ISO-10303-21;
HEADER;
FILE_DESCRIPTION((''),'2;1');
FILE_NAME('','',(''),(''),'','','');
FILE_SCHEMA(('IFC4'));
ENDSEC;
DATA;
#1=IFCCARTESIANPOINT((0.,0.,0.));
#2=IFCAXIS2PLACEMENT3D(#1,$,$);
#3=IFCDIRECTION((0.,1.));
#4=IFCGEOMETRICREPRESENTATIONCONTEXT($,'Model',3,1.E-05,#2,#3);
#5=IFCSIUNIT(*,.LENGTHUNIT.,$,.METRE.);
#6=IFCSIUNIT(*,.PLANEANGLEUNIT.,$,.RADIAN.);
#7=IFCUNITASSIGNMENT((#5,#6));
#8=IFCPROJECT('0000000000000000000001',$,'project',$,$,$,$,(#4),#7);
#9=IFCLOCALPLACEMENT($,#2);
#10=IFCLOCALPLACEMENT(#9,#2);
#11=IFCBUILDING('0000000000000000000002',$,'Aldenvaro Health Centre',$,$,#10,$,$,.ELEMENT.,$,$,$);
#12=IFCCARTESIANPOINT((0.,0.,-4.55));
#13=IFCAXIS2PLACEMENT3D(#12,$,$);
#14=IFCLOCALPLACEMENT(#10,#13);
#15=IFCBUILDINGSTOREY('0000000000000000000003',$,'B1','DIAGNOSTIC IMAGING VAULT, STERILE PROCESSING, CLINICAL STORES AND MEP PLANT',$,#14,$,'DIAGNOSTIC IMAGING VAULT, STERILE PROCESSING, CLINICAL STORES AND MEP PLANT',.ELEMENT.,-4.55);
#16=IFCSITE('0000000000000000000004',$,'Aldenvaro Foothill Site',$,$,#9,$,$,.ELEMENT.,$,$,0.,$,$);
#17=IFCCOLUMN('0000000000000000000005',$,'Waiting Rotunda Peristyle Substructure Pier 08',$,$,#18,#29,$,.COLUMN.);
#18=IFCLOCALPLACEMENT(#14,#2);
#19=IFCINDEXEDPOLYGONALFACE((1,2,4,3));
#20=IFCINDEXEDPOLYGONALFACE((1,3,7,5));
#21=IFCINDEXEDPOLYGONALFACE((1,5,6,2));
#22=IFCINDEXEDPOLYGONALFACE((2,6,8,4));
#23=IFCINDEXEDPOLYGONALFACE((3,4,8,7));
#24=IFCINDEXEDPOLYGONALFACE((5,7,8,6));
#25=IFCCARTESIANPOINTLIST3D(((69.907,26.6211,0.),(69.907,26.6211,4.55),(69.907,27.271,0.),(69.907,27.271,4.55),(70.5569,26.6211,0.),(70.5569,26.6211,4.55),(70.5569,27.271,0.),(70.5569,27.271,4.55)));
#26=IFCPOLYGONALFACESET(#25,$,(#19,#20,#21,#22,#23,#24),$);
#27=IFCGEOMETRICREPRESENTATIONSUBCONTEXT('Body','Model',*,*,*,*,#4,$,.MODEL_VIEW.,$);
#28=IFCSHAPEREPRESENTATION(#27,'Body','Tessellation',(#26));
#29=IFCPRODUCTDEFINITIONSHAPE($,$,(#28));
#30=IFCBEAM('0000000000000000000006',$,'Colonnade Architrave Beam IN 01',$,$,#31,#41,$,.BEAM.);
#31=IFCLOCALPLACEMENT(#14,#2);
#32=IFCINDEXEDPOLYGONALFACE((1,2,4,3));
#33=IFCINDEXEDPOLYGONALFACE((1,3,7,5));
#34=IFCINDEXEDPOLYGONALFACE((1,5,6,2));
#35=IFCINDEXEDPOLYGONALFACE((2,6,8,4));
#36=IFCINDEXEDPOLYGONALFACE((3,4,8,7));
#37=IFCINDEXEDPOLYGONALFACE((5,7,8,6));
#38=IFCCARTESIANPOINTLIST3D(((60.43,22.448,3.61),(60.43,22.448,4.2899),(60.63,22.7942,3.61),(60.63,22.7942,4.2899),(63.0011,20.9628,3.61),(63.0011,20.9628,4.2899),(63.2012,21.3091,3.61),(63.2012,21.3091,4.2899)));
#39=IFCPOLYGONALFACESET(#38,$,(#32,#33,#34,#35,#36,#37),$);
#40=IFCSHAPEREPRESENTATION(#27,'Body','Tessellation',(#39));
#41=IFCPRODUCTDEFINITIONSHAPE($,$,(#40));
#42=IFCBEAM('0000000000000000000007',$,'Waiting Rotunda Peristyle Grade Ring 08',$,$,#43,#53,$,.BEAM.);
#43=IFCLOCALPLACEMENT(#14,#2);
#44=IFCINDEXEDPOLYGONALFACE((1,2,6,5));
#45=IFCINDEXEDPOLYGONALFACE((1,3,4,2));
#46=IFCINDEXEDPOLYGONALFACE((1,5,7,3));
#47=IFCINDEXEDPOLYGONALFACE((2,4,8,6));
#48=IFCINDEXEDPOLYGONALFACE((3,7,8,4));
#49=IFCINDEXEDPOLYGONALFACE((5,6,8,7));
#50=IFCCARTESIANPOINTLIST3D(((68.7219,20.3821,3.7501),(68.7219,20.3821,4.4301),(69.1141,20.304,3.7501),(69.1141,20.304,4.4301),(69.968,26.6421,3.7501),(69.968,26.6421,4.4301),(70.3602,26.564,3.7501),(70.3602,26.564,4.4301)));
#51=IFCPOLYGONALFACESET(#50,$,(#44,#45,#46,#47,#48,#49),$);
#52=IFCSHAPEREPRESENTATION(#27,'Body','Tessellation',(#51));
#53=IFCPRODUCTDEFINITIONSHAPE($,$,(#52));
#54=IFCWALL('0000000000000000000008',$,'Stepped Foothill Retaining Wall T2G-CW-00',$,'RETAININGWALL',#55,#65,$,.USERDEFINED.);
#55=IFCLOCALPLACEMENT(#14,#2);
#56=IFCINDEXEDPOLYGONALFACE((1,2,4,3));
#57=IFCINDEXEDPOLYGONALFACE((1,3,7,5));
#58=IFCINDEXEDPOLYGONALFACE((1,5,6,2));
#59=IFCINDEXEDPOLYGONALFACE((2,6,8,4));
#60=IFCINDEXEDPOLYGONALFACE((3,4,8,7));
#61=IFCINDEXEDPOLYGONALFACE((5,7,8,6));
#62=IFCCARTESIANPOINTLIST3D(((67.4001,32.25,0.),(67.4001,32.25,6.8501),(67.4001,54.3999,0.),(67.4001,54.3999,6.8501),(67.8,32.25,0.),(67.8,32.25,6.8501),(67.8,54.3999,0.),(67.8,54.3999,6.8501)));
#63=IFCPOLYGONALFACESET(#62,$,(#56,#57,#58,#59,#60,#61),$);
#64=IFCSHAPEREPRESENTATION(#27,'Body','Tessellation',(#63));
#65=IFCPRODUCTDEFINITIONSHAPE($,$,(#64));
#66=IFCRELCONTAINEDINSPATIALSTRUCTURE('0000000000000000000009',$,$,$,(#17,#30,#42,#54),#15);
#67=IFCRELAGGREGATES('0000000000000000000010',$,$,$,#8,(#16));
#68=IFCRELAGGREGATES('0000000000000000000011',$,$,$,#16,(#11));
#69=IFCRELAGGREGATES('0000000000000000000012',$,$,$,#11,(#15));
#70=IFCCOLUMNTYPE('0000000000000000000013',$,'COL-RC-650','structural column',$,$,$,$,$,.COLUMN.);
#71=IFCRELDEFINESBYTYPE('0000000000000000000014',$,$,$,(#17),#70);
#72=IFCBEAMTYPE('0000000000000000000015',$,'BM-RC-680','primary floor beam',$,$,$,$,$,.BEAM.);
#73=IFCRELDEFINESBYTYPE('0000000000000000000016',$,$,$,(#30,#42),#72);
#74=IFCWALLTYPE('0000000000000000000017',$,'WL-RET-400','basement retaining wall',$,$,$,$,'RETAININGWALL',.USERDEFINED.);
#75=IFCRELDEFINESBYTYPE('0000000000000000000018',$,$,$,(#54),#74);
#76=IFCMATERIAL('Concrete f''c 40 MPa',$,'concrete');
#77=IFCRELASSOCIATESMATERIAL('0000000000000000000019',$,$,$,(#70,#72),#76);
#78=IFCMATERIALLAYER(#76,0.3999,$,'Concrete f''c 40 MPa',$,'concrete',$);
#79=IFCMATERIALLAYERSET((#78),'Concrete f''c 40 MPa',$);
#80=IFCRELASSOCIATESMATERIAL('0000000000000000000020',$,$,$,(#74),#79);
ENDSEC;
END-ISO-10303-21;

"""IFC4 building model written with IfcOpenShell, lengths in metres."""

from ifc_helpers import new_model, si_unit, direction, frame, frame_2d, origin, origin_2d, place, context, subcontext, project, spatial, rectangle, extrude, material, layer, layer_set, material_profile, profile_set, type_object, element, save


model = new_model("IFC4")

# Units and contexts
model_context = context("Model", 3, precision=1e-05, world=origin(), true_north=direction((0.0, 1.0)))
body_context = subcontext(model_context, "Body", "Model", "MODEL_VIEW")
ifc_project = project(units=[si_unit("LENGTHUNIT", "METRE"), si_unit("PLANEANGLEUNIT", "RADIAN")], contexts=[model_context])

# Site, building, storey
site_placement = place(None, origin())
site = spatial("IfcSite", under=ifc_project, at=site_placement, Name="Aldenvaro Foothill Site", CompositionType="ELEMENT", RefElevation=0.0)
building_placement = place(site_placement, origin())
building = spatial("IfcBuilding", under=site, at=building_placement, Name="Aldenvaro Health Centre", CompositionType="ELEMENT")
storey_placement = place(building_placement, frame((0.0, 0.0, -4.55)))
storey = spatial("IfcBuildingStorey", under=building, at=storey_placement, Name="B1", Description="DIAGNOSTIC IMAGING VAULT, STERILE PROCESSING, CLINICAL STORES AND MEP PLANT", LongName="DIAGNOSTIC IMAGING VAULT, STERILE PROCESSING, CLINICAL STORES AND MEP PLANT", CompositionType="ELEMENT", Elevation=-4.55)

# Shared definitions
ifc_material = material(Name="Concrete f'c 40 MPa", Category="concrete")

# Column
ifc_material_profile_1 = material_profile(ifc_material, rectangle(XDim=0.6499, YDim=0.6499, at=origin_2d()), Name="RC 650x650", Category="concrete")
ifc_profile_set_1 = profile_set([ifc_material_profile_1], Name="Concrete f'c 40 MPa")
column_type_1 = type_object("IfcColumnType", Name="COL-RC-650", Description="structural column", PredefinedType="COLUMN", material=ifc_profile_set_1)
column_1_placement = place(storey_placement, frame((70.2319, 26.946, 0.0), z_axis=(0.0, 0.0, 1.0), x_axis=(1.0, 0.0, 0.0)))
element("IfcColumn", 1, at=column_1_placement, inside=storey, type_object=column_type_1, Name="Waiting Rotunda Peristyle Substructure Pier 08", PredefinedType="COLUMN", context=body_context, shape_type="SweptSolid", body=[
    extrude(rectangle(XDim=0.6499, YDim=0.6499, at=origin_2d()), origin(), (0.0, 0.0, 1.0), 4.55),
])

# Beams
ifc_material_profile_2 = material_profile(ifc_material, rectangle(XDim=0.3999, YDim=0.6799, at=origin_2d()), Name="RC 400x680", Category="concrete")
ifc_profile_set_2 = profile_set([ifc_material_profile_2], Name="Concrete f'c 40 MPa")
beam_type = type_object("IfcBeamType", Name="BM-RC-680", Description="primary floor beam", PredefinedType="BEAM", material=ifc_profile_set_2)
beam_1_placement = place(storey_placement, frame((60.53, 22.6211, 3.95), z_axis=(0.865921, -0.50018, 0.0), x_axis=(0.50018, 0.865921, 0.0)))
element("IfcBeam", 2, at=beam_1_placement, inside=storey, type_object=beam_type, Name="Colonnade Architrave Beam IN 01", PredefinedType="BEAM", context=body_context, shape_type="SweptSolid", body=[
    extrude(rectangle(XDim=0.3999, YDim=0.6799, at=origin_2d()), origin(), (0.0, 0.0, 1.0), 2.9692),
])
beam_2_placement = place(storey_placement, frame((70.1641, 26.603, 4.0901), z_axis=(-0.195226, -0.980758, 0.0), x_axis=(0.980758, -0.195226, 0.0)))
element("IfcBeam", 3, at=beam_2_placement, inside=storey, type_object=beam_type, Name="Waiting Rotunda Peristyle Grade Ring 08", PredefinedType="BEAM", context=body_context, shape_type="SweptSolid", body=[
    extrude(rectangle(XDim=0.3999, YDim=0.6799, at=origin_2d()), origin(), (0.0, 0.0, 1.0), 6.3828),
])

# Wall
ifc_layer = layer(ifc_material, 0.3999, Name="Concrete f'c 40 MPa", Category="concrete")
ifc_layer_set = layer_set([ifc_layer], Name="Concrete f'c 40 MPa")
wall_type = type_object("IfcWallType", Name="WL-RET-400", Description="basement retaining wall", ElementType="RETAININGWALL", PredefinedType="USERDEFINED", material=ifc_layer_set)
wall_placement = place(storey_placement, frame((67.6001, 32.25, 0.0), z_axis=(0.0, 0.0, 1.0), x_axis=(0.0, 1.0, 0.0)))
element("IfcWall", 4, at=wall_placement, inside=storey, type_object=wall_type, Name="Stepped Foothill Retaining Wall T2G-CW-00", ObjectType="RETAININGWALL", PredefinedType="USERDEFINED", context=body_context, shape_type="SweptSolid", body=[
    extrude(rectangle(XDim=22.1499, YDim=0.3999, at=frame_2d((11.075, 0.0))), origin(), (0.0, 0.0, 1.0), 6.8501),
])

save(model, "model.ifc")
